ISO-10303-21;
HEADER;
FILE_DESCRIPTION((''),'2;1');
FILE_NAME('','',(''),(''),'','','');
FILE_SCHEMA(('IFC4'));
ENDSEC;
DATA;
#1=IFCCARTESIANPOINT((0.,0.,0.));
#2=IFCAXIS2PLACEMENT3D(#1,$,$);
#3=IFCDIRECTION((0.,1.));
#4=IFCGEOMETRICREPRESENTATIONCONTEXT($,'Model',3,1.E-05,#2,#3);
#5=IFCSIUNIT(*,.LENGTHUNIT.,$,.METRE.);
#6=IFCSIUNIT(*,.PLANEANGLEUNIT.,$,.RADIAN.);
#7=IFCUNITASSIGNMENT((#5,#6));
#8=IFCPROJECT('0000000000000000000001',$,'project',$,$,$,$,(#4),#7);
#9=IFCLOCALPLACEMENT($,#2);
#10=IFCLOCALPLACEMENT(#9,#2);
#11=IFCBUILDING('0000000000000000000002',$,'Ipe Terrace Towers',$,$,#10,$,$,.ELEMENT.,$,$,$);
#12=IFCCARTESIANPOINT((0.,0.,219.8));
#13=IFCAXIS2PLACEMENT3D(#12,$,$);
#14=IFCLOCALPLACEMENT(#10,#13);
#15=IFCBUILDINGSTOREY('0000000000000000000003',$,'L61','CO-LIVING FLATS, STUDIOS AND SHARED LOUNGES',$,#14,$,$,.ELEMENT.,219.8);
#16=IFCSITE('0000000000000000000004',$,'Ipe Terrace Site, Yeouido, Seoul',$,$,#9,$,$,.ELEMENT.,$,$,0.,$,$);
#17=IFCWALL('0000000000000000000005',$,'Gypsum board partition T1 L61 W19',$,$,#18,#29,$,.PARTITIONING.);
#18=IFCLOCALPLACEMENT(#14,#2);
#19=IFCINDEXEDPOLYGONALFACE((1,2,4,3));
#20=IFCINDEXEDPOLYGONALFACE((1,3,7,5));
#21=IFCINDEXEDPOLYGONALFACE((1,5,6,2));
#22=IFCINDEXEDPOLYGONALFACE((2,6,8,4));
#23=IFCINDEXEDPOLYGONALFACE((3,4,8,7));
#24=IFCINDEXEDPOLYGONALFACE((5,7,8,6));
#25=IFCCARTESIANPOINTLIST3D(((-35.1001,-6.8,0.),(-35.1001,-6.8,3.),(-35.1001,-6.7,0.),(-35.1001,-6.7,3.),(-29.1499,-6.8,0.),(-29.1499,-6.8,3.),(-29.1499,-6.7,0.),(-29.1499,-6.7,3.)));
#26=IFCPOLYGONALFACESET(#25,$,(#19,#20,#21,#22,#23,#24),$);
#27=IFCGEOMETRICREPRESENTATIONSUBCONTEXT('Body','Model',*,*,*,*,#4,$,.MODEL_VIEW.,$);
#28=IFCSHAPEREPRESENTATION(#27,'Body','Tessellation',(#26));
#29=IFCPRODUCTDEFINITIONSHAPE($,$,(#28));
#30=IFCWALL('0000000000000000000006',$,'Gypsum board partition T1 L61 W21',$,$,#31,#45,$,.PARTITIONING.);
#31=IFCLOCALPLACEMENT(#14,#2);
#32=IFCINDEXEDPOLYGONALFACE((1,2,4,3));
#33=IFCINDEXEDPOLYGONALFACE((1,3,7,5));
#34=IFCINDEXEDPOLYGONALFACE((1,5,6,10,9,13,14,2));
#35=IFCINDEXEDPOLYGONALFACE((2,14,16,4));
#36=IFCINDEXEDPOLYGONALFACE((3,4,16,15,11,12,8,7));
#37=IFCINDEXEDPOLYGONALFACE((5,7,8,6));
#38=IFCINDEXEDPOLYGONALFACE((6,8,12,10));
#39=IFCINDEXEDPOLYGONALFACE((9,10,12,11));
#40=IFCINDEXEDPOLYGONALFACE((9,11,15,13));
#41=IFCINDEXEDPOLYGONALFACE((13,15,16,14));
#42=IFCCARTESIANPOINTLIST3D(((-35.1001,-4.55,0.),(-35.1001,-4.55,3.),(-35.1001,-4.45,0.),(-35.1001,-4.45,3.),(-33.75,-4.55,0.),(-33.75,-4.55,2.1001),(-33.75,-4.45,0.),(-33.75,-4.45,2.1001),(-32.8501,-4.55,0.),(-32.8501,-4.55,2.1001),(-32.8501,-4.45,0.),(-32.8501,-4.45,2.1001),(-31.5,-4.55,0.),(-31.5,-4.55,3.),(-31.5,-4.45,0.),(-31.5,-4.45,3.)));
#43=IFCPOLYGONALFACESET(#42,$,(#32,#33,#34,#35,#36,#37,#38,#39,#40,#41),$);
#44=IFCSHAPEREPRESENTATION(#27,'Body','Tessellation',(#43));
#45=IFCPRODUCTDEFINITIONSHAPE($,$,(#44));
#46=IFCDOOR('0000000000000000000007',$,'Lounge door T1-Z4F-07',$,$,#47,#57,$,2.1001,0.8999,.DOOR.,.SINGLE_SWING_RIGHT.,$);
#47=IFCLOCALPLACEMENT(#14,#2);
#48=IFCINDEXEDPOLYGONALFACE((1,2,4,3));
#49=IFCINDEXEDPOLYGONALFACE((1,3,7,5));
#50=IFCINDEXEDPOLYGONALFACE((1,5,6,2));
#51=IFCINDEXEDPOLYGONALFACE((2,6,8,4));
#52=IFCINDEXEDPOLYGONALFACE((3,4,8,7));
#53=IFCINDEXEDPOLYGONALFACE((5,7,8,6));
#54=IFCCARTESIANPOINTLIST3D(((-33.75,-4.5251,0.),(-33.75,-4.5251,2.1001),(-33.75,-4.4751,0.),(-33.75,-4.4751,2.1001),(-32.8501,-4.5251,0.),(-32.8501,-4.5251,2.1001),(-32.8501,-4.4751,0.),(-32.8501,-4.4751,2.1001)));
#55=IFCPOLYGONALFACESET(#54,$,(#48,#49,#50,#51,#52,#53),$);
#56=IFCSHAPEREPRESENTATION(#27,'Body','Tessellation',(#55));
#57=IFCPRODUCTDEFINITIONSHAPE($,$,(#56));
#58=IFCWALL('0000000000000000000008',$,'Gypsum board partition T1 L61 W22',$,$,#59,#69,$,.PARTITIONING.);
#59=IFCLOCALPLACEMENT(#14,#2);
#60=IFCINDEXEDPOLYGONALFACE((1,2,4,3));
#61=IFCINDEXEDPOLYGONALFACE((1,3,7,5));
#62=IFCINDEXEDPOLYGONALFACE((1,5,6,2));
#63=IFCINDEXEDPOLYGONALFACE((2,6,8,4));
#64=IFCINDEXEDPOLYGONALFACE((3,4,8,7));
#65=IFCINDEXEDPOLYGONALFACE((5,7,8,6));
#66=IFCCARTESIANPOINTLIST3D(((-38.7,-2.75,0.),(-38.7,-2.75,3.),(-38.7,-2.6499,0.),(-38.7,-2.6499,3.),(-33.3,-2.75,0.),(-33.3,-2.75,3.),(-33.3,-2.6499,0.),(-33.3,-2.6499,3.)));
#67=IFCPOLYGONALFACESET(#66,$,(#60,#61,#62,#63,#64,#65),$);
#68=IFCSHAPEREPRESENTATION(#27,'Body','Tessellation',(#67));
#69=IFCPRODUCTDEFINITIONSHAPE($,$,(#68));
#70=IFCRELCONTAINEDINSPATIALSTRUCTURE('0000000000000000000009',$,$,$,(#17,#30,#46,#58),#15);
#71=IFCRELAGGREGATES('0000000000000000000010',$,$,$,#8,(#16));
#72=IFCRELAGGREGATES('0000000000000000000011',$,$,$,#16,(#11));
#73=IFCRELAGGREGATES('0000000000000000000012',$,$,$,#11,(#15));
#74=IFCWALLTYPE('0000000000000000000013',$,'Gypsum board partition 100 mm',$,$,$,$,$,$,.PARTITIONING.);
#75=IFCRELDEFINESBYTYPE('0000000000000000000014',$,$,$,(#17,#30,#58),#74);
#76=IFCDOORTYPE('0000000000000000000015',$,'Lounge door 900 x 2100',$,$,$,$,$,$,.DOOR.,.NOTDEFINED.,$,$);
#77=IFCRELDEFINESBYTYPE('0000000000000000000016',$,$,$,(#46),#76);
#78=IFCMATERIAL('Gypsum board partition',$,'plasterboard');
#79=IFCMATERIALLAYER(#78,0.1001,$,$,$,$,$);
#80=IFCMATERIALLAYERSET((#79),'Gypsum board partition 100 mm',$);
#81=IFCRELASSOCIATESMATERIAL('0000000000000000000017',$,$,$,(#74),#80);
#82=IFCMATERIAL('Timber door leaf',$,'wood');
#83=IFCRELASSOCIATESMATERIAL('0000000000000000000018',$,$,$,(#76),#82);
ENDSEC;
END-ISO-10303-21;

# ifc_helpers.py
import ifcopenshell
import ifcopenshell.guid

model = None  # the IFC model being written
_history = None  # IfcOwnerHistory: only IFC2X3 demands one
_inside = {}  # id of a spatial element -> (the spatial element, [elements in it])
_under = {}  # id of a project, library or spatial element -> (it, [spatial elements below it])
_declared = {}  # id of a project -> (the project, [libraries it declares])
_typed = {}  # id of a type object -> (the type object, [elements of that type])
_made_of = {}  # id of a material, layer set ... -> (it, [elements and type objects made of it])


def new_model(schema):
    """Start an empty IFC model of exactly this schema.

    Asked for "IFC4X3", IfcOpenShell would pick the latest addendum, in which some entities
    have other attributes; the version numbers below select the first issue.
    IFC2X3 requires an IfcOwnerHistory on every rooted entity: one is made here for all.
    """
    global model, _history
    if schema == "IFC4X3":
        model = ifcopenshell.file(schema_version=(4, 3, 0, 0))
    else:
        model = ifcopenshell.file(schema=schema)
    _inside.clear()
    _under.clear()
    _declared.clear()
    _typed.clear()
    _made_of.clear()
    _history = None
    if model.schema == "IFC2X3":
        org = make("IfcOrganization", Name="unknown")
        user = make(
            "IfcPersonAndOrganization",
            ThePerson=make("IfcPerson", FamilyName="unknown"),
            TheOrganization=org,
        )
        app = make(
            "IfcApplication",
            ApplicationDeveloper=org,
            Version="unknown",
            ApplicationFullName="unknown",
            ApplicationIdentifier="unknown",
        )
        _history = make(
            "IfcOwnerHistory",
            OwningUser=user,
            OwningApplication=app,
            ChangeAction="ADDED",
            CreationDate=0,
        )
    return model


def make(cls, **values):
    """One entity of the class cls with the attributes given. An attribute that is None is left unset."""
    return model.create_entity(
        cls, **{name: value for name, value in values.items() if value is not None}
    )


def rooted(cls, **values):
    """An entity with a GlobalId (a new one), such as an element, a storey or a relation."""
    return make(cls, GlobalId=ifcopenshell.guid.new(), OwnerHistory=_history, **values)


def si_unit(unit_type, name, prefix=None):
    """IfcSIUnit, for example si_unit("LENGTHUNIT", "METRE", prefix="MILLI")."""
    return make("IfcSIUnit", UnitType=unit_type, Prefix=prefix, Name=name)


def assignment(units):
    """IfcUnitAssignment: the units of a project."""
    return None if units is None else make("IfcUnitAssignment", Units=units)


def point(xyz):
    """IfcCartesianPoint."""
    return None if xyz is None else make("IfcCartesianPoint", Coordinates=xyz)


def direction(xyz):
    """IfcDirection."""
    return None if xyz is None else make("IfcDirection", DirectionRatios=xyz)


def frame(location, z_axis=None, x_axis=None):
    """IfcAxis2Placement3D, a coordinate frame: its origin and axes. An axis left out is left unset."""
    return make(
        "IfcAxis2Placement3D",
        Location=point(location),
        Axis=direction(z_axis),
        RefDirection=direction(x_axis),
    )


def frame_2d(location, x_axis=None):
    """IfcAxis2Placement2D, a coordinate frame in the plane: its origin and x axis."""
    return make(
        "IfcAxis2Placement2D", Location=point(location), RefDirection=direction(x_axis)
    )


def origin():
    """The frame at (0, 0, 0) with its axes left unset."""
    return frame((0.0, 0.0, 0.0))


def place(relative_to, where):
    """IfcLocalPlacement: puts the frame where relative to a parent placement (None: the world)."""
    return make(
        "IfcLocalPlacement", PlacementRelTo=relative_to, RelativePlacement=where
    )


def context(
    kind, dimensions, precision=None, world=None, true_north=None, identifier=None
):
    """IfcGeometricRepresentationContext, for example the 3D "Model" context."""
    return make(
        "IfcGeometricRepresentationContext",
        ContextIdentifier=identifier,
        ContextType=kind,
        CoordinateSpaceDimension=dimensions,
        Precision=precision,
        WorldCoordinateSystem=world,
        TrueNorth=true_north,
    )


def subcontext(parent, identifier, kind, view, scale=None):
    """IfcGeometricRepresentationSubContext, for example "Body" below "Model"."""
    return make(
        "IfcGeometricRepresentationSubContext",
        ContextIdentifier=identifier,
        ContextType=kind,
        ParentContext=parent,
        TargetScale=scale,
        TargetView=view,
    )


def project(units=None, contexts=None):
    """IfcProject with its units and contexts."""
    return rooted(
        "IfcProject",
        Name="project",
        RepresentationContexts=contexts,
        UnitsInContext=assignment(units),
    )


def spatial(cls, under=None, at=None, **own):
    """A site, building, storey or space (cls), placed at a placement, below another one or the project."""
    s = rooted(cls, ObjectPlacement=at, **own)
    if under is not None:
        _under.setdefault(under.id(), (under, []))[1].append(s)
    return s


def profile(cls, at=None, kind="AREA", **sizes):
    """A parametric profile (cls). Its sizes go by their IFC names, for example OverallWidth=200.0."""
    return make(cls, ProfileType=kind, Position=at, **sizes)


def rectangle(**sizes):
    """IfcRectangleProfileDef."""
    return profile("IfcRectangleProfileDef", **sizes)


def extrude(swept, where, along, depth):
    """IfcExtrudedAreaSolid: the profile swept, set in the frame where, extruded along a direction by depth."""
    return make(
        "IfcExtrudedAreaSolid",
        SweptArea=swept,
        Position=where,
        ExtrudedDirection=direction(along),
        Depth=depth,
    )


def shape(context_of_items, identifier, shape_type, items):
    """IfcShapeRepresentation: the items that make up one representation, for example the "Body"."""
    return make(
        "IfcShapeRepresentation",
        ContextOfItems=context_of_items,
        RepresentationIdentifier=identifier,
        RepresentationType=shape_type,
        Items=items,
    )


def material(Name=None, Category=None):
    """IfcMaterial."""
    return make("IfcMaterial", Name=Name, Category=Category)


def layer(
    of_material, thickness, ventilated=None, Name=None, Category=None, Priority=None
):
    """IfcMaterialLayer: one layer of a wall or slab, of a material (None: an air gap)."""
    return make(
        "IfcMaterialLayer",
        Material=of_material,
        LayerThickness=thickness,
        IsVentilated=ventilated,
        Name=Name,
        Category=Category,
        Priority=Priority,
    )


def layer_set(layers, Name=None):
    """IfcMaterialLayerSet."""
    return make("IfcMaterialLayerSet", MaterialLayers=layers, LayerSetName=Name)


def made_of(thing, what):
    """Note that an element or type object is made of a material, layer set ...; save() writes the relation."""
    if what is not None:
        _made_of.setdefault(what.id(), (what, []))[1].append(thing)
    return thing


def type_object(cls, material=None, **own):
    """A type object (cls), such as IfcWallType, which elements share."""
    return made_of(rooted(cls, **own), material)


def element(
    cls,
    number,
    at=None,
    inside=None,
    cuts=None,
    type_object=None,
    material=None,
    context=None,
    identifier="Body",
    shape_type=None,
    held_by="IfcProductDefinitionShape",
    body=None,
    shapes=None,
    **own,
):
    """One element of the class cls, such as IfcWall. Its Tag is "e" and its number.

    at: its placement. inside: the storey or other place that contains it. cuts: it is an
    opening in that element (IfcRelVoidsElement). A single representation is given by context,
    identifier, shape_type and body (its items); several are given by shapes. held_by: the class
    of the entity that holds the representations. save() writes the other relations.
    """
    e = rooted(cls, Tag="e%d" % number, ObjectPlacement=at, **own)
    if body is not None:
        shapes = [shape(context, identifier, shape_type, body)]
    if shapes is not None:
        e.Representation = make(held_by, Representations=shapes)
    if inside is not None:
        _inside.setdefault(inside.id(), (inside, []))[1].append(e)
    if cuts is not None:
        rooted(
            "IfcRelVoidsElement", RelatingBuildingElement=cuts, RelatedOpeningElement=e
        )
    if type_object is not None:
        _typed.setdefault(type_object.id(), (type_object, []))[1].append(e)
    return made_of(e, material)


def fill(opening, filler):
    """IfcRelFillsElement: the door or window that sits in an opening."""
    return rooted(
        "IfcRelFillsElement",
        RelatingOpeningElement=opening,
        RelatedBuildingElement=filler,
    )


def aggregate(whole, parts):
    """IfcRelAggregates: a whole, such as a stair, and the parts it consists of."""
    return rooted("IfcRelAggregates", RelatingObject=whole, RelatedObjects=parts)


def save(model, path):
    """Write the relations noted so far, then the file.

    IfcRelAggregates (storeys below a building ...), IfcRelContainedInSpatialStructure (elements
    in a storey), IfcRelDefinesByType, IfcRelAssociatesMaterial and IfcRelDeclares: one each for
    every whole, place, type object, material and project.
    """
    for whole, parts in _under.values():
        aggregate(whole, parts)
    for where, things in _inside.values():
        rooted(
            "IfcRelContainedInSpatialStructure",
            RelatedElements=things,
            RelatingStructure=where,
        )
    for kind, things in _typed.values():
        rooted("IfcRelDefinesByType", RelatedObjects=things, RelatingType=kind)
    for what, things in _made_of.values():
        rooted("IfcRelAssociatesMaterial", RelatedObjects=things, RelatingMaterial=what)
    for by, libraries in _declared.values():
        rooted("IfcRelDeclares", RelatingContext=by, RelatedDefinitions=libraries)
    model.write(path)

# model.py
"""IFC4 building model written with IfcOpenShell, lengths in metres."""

from ifc_helpers import new_model, si_unit, direction, frame, frame_2d, origin, place, context, subcontext, project, spatial, rectangle, extrude, material, layer, layer_set, type_object, element, fill, save


model = new_model("IFC4")

# Units and contexts
model_context = context("Model", 3, precision=1e-05, world=origin(), true_north=direction((0.0, 1.0)))
body_context = subcontext(model_context, "Body", "Model", "MODEL_VIEW")
ifc_project = project(units=[si_unit("LENGTHUNIT", "METRE"), si_unit("PLANEANGLEUNIT", "RADIAN")], contexts=[model_context])

# Site, building, storey
site_placement = place(None, origin())
site = spatial("IfcSite", under=ifc_project, at=site_placement, Name="Ipe Terrace Site, Yeouido, Seoul", CompositionType="ELEMENT", RefElevation=0.0)
building_placement = place(site_placement, origin())
building = spatial("IfcBuilding", under=site, at=building_placement, Name="Ipe Terrace Towers", CompositionType="ELEMENT")
storey_placement = place(building_placement, frame((0.0, 0.0, 219.8)))
storey = spatial("IfcBuildingStorey", under=building, at=storey_placement, Name="L61", Description="CO-LIVING FLATS, STUDIOS AND SHARED LOUNGES", CompositionType="ELEMENT", Elevation=219.8)

# Shared definitions
ifc_material_1 = material(Name="Gypsum board partition", Category="plasterboard")
ifc_layer_1 = layer(ifc_material_1, 0.1001)
ifc_layer_set_1 = layer_set([ifc_layer_1], Name="Gypsum board partition 100 mm")
wall_type_1 = type_object("IfcWallType", Name="Gypsum board partition 100 mm", PredefinedType="PARTITIONING", material=ifc_layer_set_1)
ifc_material_2 = material(Name="Timber door leaf", Category="wood")
door_type = type_object("IfcDoorType", Name="Lounge door 900 x 2100", OperationType="NOTDEFINED", PredefinedType="DOOR", material=ifc_material_2)

# Wall
wall_1_placement = place(storey_placement, frame((-35.1001, -6.75, 0.0), z_axis=(0.0, 0.0, 1.0), x_axis=(1.0, 0.0, 0.0)))
element("IfcWall", 1, at=wall_1_placement, inside=storey, type_object=wall_type_1, Name="Gypsum board partition T1 L61 W19", PredefinedType="PARTITIONING", context=body_context, shape_type="SweptSolid", body=[
    extrude(rectangle(XDim=5.9502, YDim=0.1001, at=frame_2d((2.9751, 0.0))), origin(), (0.0, 0.0, 1.0), 3.0),
])

# Wall, opening, door
wall_2_placement = place(storey_placement, frame((-35.1001, -4.5, 0.0), z_axis=(0.0, 0.0, 1.0), x_axis=(1.0, 0.0, 0.0)))
wall_2 = element("IfcWall", 2, at=wall_2_placement, inside=storey, type_object=wall_type_1, Name="Gypsum board partition T1 L61 W21", PredefinedType="PARTITIONING", context=body_context, shape_type="SweptSolid", body=[
    extrude(rectangle(XDim=3.6001, YDim=0.1001, at=frame_2d((1.8, 0.0))), origin(), (0.0, 0.0, 1.0), 3.0),
])
opening_1_placement = place(wall_2_placement, frame((1.3501, 0.0, 0.0)))
opening_1 = element("IfcOpeningElement", 3, at=opening_1_placement, cuts=wall_2, PredefinedType="OPENING", context=body_context, shape_type="SweptSolid", body=[
    extrude(rectangle(XDim=0.8999, YDim=2.1001, at=frame_2d((0.45, 1.05))), frame((0.0, 0.0601, 0.0), z_axis=(0.0, -1.0, 0.0), x_axis=(1.0, 0.0, 0.0)), (0.0, 0.0, 1.0), 0.1201),
])
door_1_placement = place(opening_1_placement, origin())
door_1 = element("IfcDoor", 4, at=door_1_placement, inside=storey, type_object=door_type, Name="Lounge door T1-Z4F-07", OperationType="SINGLE_SWING_RIGHT", OverallHeight=2.1001, OverallWidth=0.8999, PredefinedType="DOOR", context=body_context, shape_type="SweptSolid", body=[
    extrude(rectangle(XDim=0.8999, YDim=2.1001, at=frame_2d((0.45, 1.05))), frame((0.0, 0.0249, 0.0), z_axis=(0.0, -1.0, 0.0), x_axis=(1.0, 0.0, 0.0)), (0.0, 0.0, 1.0), 0.05),
])
fill(opening_1, door_1)

# Wall
wall_3_placement = place(storey_placement, frame((-38.7, -2.7, 0.0), z_axis=(0.0, 0.0, 1.0), x_axis=(1.0, 0.0, 0.0)))
element("IfcWall", 5, at=wall_3_placement, inside=storey, type_object=wall_type_1, Name="Gypsum board partition T1 L61 W22", PredefinedType="PARTITIONING", context=body_context, shape_type="SweptSolid", body=[
    extrude(rectangle(XDim=5.3999, YDim=0.1001, at=frame_2d((2.7, 0.0))), origin(), (0.0, 0.0, 1.0), 3.0),
])

save(model, "model.ifc")
